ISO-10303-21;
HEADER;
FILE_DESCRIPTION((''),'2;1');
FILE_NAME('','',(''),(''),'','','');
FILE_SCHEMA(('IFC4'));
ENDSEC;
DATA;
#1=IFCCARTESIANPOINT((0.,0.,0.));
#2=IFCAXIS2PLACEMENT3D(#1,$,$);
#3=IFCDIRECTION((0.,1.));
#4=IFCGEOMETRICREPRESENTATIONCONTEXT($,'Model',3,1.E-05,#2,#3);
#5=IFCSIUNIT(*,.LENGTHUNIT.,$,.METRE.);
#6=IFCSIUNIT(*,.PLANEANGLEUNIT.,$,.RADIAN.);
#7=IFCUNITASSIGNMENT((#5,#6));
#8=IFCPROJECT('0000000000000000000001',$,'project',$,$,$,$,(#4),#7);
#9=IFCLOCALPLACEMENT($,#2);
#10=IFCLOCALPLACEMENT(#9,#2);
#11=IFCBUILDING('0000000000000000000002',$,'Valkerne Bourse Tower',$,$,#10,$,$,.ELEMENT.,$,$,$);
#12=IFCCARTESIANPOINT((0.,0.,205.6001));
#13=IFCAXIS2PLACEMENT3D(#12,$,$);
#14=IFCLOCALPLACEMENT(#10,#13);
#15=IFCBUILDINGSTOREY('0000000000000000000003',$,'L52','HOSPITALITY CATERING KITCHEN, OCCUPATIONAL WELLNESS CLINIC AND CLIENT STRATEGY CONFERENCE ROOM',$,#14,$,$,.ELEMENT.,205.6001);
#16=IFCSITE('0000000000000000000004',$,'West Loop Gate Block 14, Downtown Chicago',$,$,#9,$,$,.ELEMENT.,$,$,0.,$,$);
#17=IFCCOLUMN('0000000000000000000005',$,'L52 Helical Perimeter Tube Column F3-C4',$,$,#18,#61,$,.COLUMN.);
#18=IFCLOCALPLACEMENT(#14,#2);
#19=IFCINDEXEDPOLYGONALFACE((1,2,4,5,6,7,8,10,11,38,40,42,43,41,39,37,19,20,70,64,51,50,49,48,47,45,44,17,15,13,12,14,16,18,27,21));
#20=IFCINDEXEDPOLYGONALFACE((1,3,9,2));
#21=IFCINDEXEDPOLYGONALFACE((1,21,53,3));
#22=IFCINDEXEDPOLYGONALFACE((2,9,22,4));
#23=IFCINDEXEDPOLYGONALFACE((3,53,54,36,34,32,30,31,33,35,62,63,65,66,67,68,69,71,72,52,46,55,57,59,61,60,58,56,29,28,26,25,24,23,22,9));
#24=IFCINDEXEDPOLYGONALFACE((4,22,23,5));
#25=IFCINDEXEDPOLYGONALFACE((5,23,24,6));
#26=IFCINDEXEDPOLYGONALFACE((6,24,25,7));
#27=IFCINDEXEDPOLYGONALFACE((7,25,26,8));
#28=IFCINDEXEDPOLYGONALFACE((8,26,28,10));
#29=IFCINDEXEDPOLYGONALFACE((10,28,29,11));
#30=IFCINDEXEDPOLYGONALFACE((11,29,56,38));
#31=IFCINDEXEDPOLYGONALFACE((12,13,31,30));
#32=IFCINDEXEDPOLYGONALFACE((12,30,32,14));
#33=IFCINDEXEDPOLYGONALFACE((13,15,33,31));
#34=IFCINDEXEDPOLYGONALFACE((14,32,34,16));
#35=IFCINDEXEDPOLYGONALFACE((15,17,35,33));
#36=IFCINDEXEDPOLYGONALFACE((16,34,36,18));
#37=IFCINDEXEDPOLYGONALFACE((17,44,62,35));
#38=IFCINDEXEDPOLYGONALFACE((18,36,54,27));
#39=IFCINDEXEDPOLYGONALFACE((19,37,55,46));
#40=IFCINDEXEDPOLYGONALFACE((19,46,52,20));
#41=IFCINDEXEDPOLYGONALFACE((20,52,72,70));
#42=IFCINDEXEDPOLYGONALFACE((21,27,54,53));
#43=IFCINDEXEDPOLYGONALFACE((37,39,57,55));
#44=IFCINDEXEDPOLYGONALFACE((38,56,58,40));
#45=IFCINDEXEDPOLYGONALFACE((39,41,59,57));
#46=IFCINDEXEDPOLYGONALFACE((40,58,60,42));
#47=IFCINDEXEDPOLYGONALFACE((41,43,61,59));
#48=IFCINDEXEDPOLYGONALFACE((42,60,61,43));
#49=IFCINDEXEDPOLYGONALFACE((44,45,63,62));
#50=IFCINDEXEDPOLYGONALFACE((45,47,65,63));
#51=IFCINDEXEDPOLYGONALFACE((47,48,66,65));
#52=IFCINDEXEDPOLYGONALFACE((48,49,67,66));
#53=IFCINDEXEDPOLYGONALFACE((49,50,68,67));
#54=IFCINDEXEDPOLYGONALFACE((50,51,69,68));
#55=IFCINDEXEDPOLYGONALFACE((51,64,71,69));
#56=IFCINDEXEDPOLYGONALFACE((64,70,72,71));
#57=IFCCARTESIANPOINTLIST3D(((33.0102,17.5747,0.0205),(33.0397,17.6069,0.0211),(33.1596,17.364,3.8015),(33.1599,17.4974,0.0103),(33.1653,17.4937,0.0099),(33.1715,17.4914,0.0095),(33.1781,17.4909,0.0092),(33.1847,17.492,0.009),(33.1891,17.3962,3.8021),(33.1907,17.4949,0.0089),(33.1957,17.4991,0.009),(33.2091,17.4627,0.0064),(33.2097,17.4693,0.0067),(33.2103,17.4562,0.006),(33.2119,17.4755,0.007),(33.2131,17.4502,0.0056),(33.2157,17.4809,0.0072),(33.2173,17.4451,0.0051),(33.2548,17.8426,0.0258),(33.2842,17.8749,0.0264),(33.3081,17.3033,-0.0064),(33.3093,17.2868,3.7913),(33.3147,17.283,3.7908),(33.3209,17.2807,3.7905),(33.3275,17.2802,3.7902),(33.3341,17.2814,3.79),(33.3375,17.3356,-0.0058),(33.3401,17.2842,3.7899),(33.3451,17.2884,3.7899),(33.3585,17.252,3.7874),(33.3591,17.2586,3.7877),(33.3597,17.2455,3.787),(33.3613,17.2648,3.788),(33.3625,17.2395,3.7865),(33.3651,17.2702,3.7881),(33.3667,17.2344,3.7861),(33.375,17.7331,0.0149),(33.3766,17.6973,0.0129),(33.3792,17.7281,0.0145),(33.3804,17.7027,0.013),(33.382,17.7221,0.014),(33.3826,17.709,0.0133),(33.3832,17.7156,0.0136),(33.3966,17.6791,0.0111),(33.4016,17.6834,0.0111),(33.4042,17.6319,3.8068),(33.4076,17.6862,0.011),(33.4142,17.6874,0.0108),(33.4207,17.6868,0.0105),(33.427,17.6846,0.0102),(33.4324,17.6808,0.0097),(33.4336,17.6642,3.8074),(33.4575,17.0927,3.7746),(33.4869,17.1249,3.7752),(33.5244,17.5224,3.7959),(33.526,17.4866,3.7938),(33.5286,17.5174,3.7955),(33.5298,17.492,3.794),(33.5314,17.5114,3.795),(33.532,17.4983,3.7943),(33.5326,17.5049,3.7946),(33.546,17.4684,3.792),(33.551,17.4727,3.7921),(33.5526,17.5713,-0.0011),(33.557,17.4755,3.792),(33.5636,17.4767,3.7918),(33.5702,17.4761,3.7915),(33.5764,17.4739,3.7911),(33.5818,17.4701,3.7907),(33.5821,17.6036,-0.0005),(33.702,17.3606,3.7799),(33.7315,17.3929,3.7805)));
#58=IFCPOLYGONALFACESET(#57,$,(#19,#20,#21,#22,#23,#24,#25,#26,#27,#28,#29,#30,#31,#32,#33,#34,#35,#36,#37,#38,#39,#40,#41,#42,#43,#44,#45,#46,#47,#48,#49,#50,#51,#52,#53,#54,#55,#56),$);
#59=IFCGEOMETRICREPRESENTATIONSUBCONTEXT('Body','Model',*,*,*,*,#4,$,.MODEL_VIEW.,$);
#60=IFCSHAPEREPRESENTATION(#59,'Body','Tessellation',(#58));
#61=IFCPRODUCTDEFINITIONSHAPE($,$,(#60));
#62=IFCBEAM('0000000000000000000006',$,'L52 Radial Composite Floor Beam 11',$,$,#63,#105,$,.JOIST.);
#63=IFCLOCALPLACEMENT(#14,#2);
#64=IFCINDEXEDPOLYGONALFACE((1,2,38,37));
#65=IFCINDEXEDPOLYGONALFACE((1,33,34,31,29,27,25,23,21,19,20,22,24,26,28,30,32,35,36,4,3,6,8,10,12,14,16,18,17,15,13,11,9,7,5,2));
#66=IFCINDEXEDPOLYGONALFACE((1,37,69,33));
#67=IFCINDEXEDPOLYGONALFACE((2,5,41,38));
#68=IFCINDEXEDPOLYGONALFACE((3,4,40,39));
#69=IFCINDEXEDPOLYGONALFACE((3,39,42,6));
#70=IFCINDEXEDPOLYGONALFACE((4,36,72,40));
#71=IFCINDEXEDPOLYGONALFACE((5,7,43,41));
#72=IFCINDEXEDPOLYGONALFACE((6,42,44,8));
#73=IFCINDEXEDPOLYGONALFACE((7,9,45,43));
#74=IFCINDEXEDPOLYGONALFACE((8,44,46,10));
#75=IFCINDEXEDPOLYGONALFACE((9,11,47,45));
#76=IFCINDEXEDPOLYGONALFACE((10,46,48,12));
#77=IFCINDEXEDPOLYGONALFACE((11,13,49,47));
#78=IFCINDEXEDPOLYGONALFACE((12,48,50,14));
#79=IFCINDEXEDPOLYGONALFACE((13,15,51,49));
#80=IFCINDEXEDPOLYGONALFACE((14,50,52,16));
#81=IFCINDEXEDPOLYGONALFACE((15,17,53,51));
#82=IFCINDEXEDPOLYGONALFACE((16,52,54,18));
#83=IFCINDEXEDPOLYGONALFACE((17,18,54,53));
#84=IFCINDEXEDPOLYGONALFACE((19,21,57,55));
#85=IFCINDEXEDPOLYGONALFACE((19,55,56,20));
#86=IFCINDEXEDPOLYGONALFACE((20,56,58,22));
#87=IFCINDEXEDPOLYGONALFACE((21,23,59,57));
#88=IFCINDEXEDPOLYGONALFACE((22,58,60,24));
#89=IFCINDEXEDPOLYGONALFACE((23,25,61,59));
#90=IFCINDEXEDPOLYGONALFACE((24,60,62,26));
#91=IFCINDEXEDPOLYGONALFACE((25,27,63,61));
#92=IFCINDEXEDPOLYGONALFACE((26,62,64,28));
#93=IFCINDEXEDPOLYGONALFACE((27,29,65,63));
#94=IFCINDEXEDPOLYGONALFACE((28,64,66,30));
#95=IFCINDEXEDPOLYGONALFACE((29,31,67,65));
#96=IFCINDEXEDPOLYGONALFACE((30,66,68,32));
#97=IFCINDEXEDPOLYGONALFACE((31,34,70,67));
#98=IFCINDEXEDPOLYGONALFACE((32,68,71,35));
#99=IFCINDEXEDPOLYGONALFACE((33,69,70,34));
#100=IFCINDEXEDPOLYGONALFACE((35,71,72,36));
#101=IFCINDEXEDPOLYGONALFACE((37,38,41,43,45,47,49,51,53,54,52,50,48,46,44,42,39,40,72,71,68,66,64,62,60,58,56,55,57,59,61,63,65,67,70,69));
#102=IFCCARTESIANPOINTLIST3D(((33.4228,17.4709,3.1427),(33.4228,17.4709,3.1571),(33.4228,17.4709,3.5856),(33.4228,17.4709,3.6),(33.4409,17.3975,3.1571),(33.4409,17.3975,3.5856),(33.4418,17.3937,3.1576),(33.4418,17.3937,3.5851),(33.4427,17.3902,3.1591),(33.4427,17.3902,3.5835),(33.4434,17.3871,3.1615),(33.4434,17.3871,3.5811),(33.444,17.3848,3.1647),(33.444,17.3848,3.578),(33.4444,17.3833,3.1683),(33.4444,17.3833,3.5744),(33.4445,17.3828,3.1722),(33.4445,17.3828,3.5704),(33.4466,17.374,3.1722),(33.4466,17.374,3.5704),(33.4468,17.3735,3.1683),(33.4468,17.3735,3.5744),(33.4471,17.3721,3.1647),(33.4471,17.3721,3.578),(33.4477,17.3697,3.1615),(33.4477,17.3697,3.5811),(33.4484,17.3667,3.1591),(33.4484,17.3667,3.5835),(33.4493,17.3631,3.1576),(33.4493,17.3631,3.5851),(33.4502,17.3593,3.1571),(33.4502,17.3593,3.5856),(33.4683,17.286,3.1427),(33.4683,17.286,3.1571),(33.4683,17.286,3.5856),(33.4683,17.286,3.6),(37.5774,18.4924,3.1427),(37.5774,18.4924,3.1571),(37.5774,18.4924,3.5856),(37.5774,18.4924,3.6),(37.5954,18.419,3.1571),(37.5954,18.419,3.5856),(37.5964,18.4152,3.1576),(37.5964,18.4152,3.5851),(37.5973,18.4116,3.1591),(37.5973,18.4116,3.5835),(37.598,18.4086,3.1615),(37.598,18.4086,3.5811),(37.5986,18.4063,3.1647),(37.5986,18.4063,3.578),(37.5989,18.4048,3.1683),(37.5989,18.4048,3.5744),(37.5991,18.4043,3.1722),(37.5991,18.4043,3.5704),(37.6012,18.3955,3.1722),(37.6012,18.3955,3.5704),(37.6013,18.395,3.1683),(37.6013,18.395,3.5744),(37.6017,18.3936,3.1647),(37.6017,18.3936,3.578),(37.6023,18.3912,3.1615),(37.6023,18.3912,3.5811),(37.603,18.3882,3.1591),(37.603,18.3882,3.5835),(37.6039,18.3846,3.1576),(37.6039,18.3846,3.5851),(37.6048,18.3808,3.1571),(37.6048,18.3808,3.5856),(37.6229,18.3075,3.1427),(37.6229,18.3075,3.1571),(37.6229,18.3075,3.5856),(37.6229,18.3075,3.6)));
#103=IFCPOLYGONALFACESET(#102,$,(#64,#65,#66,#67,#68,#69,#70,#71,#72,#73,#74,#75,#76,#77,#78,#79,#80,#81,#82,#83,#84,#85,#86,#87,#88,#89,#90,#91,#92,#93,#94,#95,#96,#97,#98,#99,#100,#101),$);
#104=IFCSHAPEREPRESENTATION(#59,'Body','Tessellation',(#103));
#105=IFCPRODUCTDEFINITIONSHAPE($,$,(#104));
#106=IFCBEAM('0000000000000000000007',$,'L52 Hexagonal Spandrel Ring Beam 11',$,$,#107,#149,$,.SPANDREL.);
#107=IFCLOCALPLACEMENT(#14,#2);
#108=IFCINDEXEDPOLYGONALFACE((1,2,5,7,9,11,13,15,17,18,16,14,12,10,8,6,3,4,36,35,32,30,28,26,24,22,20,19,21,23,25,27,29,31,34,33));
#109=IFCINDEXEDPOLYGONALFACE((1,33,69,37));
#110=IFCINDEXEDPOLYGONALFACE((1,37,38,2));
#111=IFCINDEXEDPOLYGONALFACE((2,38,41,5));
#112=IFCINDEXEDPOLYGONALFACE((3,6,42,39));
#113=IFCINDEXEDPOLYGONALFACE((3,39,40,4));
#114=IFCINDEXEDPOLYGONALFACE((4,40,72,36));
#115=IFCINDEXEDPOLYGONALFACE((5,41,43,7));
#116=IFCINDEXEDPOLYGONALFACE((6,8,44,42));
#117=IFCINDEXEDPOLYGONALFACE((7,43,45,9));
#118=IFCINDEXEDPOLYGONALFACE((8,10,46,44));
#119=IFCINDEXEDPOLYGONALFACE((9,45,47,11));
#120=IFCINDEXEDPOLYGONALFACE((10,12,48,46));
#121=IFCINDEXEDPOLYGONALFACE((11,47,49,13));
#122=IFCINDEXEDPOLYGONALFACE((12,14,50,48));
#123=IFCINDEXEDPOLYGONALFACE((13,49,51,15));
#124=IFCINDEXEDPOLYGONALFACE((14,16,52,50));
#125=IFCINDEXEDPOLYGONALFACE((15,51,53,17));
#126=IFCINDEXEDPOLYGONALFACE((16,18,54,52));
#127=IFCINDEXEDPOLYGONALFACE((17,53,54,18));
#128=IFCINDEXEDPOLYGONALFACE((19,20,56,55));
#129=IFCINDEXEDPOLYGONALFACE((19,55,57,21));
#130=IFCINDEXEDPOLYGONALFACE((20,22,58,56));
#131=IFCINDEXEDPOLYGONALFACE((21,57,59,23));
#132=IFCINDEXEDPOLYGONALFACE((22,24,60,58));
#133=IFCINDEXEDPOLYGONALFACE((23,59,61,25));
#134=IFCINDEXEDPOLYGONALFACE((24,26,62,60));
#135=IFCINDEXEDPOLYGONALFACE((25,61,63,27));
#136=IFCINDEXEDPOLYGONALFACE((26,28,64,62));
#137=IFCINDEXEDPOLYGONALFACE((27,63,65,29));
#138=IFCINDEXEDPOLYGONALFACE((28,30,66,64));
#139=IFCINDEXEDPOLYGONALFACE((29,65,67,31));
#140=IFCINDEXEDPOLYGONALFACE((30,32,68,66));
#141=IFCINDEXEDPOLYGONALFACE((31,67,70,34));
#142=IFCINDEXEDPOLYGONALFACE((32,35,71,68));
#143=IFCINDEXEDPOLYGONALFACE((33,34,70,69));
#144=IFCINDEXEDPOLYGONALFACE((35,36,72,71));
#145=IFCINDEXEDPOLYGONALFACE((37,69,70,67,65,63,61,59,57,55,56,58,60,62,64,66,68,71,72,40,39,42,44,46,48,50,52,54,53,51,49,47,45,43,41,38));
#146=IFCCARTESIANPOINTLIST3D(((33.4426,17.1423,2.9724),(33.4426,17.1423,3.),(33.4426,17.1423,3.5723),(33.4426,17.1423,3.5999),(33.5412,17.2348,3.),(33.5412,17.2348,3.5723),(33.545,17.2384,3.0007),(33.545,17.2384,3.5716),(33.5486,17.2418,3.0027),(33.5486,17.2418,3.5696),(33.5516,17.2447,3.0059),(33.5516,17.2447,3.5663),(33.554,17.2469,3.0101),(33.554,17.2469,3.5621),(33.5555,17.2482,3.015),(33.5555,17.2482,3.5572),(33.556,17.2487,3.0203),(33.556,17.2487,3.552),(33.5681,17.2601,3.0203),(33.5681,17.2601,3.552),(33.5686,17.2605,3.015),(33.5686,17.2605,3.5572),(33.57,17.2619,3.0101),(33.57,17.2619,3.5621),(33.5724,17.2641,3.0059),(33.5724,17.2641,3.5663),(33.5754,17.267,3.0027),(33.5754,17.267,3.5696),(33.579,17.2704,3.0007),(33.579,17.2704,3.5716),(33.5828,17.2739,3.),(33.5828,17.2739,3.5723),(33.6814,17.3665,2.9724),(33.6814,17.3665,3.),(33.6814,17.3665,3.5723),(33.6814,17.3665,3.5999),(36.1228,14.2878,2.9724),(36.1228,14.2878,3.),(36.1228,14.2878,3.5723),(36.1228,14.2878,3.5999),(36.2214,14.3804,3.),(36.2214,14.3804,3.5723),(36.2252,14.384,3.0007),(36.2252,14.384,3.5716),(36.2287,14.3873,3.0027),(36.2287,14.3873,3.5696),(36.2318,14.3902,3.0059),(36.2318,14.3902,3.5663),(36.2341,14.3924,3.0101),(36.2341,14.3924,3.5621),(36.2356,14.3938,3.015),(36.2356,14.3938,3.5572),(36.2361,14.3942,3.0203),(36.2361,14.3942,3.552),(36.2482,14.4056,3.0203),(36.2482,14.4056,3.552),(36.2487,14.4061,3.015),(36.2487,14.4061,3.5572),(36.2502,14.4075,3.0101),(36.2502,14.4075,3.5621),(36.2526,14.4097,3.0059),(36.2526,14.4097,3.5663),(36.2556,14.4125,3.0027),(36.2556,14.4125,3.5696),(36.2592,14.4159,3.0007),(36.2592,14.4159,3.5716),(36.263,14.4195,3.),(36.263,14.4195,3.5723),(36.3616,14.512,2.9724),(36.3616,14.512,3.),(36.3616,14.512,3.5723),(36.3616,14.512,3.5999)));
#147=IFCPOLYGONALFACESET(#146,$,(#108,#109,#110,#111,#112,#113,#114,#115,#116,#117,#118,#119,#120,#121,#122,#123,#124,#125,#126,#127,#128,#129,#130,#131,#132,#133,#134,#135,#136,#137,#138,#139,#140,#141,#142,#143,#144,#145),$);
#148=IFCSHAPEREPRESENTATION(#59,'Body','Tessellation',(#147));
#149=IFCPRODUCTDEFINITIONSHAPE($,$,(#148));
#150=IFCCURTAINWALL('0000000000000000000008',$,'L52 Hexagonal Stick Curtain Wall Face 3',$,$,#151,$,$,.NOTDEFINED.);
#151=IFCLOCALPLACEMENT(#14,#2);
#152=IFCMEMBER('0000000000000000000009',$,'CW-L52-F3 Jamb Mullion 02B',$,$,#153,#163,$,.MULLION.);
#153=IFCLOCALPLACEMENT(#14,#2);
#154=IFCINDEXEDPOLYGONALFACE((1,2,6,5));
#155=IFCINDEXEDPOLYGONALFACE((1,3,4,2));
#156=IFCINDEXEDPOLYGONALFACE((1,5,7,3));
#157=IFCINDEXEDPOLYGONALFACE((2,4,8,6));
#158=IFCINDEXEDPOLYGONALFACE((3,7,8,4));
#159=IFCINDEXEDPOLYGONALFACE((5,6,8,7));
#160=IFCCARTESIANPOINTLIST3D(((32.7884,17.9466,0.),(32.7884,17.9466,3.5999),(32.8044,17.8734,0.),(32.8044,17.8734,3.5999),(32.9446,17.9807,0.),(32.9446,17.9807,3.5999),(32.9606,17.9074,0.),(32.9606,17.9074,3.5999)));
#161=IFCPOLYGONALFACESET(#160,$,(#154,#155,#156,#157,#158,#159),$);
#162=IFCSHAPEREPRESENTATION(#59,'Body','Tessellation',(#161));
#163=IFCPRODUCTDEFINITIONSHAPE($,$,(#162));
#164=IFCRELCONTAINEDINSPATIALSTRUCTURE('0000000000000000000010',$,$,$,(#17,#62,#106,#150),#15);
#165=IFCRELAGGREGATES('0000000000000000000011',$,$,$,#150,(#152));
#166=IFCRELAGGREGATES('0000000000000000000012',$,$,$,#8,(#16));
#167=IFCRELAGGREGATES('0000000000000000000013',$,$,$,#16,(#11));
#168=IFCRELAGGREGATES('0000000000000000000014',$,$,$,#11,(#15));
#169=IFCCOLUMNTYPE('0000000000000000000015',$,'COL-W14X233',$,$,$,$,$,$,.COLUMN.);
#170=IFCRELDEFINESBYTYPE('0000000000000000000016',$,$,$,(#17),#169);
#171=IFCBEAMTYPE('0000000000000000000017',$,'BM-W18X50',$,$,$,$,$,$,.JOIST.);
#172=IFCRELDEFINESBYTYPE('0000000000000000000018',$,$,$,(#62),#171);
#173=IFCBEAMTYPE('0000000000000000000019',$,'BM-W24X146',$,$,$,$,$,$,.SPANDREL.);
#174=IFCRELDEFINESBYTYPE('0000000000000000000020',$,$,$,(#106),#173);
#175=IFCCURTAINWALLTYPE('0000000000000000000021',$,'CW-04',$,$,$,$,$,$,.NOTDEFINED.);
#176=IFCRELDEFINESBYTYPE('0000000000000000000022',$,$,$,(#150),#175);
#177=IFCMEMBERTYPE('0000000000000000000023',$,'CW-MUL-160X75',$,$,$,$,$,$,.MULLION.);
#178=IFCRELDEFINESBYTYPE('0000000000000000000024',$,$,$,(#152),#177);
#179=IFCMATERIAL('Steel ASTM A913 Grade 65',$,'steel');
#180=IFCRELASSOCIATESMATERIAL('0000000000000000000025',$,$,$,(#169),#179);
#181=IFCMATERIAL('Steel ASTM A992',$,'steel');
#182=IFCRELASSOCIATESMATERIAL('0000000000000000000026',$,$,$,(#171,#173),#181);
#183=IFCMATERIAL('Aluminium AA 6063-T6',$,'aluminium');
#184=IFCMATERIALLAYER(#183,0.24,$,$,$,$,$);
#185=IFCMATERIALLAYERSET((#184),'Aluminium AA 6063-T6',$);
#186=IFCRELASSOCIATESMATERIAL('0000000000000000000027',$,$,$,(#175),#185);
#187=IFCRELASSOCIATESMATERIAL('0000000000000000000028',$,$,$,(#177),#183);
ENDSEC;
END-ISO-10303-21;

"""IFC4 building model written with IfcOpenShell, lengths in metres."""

from ifc_helpers import new_model, si_unit, direction, frame, origin, origin_2d, place, context, subcontext, project, spatial, rectangle, i_section, extrude, material, layer, layer_set, material_profile, profile_set, type_object, element, aggregate, save


model = new_model("IFC4")

# Units and contexts
model_context = context("Model", 3, precision=1e-05, world=origin(), true_north=direction((0.0, 1.0)))
body_context = subcontext(model_context, "Body", "Model", "MODEL_VIEW")
ifc_project = project(units=[si_unit("LENGTHUNIT", "METRE"), si_unit("PLANEANGLEUNIT", "RADIAN")], contexts=[model_context])

# Site, building, storey
site_placement = place(None, origin())
site = spatial("IfcSite", under=ifc_project, at=site_placement, Name="West Loop Gate Block 14, Downtown Chicago", CompositionType="ELEMENT", RefElevation=0.0)
building_placement = place(site_placement, origin())
building = spatial("IfcBuilding", under=site, at=building_placement, Name="Valkerne Bourse Tower", CompositionType="ELEMENT")
storey_placement = place(building_placement, frame((0.0, 0.0, 205.6001)))
storey = spatial("IfcBuildingStorey", under=building, at=storey_placement, Name="L52", Description="HOSPITALITY CATERING KITCHEN, OCCUPATIONAL WELLNESS CLINIC AND CLIENT STRATEGY CONFERENCE ROOM", CompositionType="ELEMENT", Elevation=205.6001)

# Column
ifc_material_1 = material(Name="Steel ASTM A913 Grade 65", Category="steel")
ifc_material_profile_1 = material_profile(ifc_material_1, i_section(OverallWidth=0.4038, OverallDepth=0.4065, WebThickness=0.0271, FlangeThickness=0.0437, FilletRadius=0.0254, at=origin_2d()), Name="W14X233")
ifc_profile_set_1 = profile_set([ifc_material_profile_1], Name="Steel ASTM A913 Grade 65")
column_type = type_object("IfcColumnType", Name="COL-W14X233", PredefinedType="COLUMN", material=ifc_profile_set_1)
column_placement = place(storey_placement, frame((33.2961, 17.5891, 0.01), z_axis=(0.039425, -0.055595, 0.997675), x_axis=(0.737641, -0.671901, -0.066591)))
element("IfcColumn", 1, at=column_placement, inside=storey, type_object=column_type, Name="L52 Helical Perimeter Tube Column F3-C4", PredefinedType="COLUMN", context=body_context, shape_type="SweptSolid", body=[
    extrude(i_section(OverallWidth=0.4038, OverallDepth=0.4065, WebThickness=0.0271, FlangeThickness=0.0437, FilletRadius=0.0254, at=origin_2d()), origin(), (0.0, 0.0, 1.0), 3.7898),
])

# Beams
ifc_material_2 = material(Name="Steel ASTM A992", Category="steel")
ifc_material_profile_2 = material_profile(ifc_material_2, i_section(OverallWidth=0.1904, OverallDepth=0.4573, WebThickness=0.009, FlangeThickness=0.0144, FilletRadius=0.0151, at=origin_2d()), Name="W18X50")
ifc_profile_set_2 = profile_set([ifc_material_profile_2], Name="Steel ASTM A992")
beam_type_1 = type_object("IfcBeamType", Name="BM-W18X50", PredefinedType="JOIST", material=ifc_profile_set_2)
beam_1_placement = place(storey_placement, frame((33.4456, 17.3784, 3.3713), z_axis=(0.971078, 0.238761, 0.0), x_axis=(-0.238761, 0.971078, 0.0)))
element("IfcBeam", 2, at=beam_1_placement, inside=storey, type_object=beam_type_1, Name="L52 Radial Composite Floor Beam 11", PredefinedType="JOIST", context=body_context, shape_type="SweptSolid", body=[
    extrude(i_section(OverallWidth=0.1904, OverallDepth=0.4573, WebThickness=0.009, FlangeThickness=0.0144, FilletRadius=0.0151, at=origin_2d()), origin(), (0.0, 0.0, 1.0), 4.2783),
])
ifc_material_profile_3 = material_profile(ifc_material_2, i_section(OverallWidth=0.3276, OverallDepth=0.6274, WebThickness=0.0166, FlangeThickness=0.0276, FilletRadius=0.0203, at=origin_2d()), Name="W24X146")
ifc_profile_set_3 = profile_set([ifc_material_profile_3], Name="Steel ASTM A992")
beam_type_2 = type_object("IfcBeamType", Name="BM-W24X146", PredefinedType="SPANDREL", material=ifc_profile_set_3)
beam_2_placement = place(storey_placement, frame((33.562, 17.2544, 3.2861), z_axis=(0.684497, -0.729016, 0.0), x_axis=(0.729016, 0.684497, 0.0)))
element("IfcBeam", 3, at=beam_2_placement, inside=storey, type_object=beam_type_2, Name="L52 Hexagonal Spandrel Ring Beam 11", PredefinedType="SPANDREL", context=body_context, shape_type="SweptSolid", body=[
    extrude(i_section(OverallWidth=0.3276, OverallDepth=0.6274, WebThickness=0.0166, FlangeThickness=0.0276, FilletRadius=0.0203, at=origin_2d()), origin(), (0.0, 0.0, 1.0), 3.9155),
])

# Curtain wall, member
ifc_material_3 = material(Name="Aluminium AA 6063-T6", Category="aluminium")
ifc_layer_1 = layer(ifc_material_3, 0.24)
ifc_layer_set_1 = layer_set([ifc_layer_1], Name="Aluminium AA 6063-T6")
curtain_wall_type = type_object("IfcCurtainWallType", Name="CW-04", PredefinedType="NOTDEFINED", material=ifc_layer_set_1)
curtain_wall_placement = place(storey_placement, origin())
curtain_wall = element("IfcCurtainWall", 4, at=curtain_wall_placement, inside=storey, type_object=curtain_wall_type, Name="L52 Hexagonal Stick Curtain Wall Face 3", PredefinedType="NOTDEFINED")
ifc_material_profile_4 = material_profile(ifc_material_3, rectangle(XDim=0.075, YDim=0.1599, at=origin_2d()), Name="CWM-75X160")
ifc_profile_set_4 = profile_set([ifc_material_profile_4], Name="Aluminium AA 6063-T6")
member_type_1 = type_object("IfcMemberType", Name="CW-MUL-160X75", PredefinedType="MULLION", material=ifc_profile_set_4)
member_1_placement = place(storey_placement, frame((32.8745, 17.927, 0.0), z_axis=(0.0, 0.0, 1.0), x_axis=(0.213035, -0.977045, 0.0)))
member_1 = element("IfcMember", 5, at=member_1_placement, type_object=member_type_1, Name="CW-L52-F3 Jamb Mullion 02B", PredefinedType="MULLION", context=body_context, shape_type="SweptSolid", body=[
    extrude(rectangle(XDim=0.075, YDim=0.1599, at=origin_2d()), origin(), (0.0, 0.0, 1.0), 3.5999),
])
aggregate(curtain_wall, [member_1])

save(model, "model.ifc")
